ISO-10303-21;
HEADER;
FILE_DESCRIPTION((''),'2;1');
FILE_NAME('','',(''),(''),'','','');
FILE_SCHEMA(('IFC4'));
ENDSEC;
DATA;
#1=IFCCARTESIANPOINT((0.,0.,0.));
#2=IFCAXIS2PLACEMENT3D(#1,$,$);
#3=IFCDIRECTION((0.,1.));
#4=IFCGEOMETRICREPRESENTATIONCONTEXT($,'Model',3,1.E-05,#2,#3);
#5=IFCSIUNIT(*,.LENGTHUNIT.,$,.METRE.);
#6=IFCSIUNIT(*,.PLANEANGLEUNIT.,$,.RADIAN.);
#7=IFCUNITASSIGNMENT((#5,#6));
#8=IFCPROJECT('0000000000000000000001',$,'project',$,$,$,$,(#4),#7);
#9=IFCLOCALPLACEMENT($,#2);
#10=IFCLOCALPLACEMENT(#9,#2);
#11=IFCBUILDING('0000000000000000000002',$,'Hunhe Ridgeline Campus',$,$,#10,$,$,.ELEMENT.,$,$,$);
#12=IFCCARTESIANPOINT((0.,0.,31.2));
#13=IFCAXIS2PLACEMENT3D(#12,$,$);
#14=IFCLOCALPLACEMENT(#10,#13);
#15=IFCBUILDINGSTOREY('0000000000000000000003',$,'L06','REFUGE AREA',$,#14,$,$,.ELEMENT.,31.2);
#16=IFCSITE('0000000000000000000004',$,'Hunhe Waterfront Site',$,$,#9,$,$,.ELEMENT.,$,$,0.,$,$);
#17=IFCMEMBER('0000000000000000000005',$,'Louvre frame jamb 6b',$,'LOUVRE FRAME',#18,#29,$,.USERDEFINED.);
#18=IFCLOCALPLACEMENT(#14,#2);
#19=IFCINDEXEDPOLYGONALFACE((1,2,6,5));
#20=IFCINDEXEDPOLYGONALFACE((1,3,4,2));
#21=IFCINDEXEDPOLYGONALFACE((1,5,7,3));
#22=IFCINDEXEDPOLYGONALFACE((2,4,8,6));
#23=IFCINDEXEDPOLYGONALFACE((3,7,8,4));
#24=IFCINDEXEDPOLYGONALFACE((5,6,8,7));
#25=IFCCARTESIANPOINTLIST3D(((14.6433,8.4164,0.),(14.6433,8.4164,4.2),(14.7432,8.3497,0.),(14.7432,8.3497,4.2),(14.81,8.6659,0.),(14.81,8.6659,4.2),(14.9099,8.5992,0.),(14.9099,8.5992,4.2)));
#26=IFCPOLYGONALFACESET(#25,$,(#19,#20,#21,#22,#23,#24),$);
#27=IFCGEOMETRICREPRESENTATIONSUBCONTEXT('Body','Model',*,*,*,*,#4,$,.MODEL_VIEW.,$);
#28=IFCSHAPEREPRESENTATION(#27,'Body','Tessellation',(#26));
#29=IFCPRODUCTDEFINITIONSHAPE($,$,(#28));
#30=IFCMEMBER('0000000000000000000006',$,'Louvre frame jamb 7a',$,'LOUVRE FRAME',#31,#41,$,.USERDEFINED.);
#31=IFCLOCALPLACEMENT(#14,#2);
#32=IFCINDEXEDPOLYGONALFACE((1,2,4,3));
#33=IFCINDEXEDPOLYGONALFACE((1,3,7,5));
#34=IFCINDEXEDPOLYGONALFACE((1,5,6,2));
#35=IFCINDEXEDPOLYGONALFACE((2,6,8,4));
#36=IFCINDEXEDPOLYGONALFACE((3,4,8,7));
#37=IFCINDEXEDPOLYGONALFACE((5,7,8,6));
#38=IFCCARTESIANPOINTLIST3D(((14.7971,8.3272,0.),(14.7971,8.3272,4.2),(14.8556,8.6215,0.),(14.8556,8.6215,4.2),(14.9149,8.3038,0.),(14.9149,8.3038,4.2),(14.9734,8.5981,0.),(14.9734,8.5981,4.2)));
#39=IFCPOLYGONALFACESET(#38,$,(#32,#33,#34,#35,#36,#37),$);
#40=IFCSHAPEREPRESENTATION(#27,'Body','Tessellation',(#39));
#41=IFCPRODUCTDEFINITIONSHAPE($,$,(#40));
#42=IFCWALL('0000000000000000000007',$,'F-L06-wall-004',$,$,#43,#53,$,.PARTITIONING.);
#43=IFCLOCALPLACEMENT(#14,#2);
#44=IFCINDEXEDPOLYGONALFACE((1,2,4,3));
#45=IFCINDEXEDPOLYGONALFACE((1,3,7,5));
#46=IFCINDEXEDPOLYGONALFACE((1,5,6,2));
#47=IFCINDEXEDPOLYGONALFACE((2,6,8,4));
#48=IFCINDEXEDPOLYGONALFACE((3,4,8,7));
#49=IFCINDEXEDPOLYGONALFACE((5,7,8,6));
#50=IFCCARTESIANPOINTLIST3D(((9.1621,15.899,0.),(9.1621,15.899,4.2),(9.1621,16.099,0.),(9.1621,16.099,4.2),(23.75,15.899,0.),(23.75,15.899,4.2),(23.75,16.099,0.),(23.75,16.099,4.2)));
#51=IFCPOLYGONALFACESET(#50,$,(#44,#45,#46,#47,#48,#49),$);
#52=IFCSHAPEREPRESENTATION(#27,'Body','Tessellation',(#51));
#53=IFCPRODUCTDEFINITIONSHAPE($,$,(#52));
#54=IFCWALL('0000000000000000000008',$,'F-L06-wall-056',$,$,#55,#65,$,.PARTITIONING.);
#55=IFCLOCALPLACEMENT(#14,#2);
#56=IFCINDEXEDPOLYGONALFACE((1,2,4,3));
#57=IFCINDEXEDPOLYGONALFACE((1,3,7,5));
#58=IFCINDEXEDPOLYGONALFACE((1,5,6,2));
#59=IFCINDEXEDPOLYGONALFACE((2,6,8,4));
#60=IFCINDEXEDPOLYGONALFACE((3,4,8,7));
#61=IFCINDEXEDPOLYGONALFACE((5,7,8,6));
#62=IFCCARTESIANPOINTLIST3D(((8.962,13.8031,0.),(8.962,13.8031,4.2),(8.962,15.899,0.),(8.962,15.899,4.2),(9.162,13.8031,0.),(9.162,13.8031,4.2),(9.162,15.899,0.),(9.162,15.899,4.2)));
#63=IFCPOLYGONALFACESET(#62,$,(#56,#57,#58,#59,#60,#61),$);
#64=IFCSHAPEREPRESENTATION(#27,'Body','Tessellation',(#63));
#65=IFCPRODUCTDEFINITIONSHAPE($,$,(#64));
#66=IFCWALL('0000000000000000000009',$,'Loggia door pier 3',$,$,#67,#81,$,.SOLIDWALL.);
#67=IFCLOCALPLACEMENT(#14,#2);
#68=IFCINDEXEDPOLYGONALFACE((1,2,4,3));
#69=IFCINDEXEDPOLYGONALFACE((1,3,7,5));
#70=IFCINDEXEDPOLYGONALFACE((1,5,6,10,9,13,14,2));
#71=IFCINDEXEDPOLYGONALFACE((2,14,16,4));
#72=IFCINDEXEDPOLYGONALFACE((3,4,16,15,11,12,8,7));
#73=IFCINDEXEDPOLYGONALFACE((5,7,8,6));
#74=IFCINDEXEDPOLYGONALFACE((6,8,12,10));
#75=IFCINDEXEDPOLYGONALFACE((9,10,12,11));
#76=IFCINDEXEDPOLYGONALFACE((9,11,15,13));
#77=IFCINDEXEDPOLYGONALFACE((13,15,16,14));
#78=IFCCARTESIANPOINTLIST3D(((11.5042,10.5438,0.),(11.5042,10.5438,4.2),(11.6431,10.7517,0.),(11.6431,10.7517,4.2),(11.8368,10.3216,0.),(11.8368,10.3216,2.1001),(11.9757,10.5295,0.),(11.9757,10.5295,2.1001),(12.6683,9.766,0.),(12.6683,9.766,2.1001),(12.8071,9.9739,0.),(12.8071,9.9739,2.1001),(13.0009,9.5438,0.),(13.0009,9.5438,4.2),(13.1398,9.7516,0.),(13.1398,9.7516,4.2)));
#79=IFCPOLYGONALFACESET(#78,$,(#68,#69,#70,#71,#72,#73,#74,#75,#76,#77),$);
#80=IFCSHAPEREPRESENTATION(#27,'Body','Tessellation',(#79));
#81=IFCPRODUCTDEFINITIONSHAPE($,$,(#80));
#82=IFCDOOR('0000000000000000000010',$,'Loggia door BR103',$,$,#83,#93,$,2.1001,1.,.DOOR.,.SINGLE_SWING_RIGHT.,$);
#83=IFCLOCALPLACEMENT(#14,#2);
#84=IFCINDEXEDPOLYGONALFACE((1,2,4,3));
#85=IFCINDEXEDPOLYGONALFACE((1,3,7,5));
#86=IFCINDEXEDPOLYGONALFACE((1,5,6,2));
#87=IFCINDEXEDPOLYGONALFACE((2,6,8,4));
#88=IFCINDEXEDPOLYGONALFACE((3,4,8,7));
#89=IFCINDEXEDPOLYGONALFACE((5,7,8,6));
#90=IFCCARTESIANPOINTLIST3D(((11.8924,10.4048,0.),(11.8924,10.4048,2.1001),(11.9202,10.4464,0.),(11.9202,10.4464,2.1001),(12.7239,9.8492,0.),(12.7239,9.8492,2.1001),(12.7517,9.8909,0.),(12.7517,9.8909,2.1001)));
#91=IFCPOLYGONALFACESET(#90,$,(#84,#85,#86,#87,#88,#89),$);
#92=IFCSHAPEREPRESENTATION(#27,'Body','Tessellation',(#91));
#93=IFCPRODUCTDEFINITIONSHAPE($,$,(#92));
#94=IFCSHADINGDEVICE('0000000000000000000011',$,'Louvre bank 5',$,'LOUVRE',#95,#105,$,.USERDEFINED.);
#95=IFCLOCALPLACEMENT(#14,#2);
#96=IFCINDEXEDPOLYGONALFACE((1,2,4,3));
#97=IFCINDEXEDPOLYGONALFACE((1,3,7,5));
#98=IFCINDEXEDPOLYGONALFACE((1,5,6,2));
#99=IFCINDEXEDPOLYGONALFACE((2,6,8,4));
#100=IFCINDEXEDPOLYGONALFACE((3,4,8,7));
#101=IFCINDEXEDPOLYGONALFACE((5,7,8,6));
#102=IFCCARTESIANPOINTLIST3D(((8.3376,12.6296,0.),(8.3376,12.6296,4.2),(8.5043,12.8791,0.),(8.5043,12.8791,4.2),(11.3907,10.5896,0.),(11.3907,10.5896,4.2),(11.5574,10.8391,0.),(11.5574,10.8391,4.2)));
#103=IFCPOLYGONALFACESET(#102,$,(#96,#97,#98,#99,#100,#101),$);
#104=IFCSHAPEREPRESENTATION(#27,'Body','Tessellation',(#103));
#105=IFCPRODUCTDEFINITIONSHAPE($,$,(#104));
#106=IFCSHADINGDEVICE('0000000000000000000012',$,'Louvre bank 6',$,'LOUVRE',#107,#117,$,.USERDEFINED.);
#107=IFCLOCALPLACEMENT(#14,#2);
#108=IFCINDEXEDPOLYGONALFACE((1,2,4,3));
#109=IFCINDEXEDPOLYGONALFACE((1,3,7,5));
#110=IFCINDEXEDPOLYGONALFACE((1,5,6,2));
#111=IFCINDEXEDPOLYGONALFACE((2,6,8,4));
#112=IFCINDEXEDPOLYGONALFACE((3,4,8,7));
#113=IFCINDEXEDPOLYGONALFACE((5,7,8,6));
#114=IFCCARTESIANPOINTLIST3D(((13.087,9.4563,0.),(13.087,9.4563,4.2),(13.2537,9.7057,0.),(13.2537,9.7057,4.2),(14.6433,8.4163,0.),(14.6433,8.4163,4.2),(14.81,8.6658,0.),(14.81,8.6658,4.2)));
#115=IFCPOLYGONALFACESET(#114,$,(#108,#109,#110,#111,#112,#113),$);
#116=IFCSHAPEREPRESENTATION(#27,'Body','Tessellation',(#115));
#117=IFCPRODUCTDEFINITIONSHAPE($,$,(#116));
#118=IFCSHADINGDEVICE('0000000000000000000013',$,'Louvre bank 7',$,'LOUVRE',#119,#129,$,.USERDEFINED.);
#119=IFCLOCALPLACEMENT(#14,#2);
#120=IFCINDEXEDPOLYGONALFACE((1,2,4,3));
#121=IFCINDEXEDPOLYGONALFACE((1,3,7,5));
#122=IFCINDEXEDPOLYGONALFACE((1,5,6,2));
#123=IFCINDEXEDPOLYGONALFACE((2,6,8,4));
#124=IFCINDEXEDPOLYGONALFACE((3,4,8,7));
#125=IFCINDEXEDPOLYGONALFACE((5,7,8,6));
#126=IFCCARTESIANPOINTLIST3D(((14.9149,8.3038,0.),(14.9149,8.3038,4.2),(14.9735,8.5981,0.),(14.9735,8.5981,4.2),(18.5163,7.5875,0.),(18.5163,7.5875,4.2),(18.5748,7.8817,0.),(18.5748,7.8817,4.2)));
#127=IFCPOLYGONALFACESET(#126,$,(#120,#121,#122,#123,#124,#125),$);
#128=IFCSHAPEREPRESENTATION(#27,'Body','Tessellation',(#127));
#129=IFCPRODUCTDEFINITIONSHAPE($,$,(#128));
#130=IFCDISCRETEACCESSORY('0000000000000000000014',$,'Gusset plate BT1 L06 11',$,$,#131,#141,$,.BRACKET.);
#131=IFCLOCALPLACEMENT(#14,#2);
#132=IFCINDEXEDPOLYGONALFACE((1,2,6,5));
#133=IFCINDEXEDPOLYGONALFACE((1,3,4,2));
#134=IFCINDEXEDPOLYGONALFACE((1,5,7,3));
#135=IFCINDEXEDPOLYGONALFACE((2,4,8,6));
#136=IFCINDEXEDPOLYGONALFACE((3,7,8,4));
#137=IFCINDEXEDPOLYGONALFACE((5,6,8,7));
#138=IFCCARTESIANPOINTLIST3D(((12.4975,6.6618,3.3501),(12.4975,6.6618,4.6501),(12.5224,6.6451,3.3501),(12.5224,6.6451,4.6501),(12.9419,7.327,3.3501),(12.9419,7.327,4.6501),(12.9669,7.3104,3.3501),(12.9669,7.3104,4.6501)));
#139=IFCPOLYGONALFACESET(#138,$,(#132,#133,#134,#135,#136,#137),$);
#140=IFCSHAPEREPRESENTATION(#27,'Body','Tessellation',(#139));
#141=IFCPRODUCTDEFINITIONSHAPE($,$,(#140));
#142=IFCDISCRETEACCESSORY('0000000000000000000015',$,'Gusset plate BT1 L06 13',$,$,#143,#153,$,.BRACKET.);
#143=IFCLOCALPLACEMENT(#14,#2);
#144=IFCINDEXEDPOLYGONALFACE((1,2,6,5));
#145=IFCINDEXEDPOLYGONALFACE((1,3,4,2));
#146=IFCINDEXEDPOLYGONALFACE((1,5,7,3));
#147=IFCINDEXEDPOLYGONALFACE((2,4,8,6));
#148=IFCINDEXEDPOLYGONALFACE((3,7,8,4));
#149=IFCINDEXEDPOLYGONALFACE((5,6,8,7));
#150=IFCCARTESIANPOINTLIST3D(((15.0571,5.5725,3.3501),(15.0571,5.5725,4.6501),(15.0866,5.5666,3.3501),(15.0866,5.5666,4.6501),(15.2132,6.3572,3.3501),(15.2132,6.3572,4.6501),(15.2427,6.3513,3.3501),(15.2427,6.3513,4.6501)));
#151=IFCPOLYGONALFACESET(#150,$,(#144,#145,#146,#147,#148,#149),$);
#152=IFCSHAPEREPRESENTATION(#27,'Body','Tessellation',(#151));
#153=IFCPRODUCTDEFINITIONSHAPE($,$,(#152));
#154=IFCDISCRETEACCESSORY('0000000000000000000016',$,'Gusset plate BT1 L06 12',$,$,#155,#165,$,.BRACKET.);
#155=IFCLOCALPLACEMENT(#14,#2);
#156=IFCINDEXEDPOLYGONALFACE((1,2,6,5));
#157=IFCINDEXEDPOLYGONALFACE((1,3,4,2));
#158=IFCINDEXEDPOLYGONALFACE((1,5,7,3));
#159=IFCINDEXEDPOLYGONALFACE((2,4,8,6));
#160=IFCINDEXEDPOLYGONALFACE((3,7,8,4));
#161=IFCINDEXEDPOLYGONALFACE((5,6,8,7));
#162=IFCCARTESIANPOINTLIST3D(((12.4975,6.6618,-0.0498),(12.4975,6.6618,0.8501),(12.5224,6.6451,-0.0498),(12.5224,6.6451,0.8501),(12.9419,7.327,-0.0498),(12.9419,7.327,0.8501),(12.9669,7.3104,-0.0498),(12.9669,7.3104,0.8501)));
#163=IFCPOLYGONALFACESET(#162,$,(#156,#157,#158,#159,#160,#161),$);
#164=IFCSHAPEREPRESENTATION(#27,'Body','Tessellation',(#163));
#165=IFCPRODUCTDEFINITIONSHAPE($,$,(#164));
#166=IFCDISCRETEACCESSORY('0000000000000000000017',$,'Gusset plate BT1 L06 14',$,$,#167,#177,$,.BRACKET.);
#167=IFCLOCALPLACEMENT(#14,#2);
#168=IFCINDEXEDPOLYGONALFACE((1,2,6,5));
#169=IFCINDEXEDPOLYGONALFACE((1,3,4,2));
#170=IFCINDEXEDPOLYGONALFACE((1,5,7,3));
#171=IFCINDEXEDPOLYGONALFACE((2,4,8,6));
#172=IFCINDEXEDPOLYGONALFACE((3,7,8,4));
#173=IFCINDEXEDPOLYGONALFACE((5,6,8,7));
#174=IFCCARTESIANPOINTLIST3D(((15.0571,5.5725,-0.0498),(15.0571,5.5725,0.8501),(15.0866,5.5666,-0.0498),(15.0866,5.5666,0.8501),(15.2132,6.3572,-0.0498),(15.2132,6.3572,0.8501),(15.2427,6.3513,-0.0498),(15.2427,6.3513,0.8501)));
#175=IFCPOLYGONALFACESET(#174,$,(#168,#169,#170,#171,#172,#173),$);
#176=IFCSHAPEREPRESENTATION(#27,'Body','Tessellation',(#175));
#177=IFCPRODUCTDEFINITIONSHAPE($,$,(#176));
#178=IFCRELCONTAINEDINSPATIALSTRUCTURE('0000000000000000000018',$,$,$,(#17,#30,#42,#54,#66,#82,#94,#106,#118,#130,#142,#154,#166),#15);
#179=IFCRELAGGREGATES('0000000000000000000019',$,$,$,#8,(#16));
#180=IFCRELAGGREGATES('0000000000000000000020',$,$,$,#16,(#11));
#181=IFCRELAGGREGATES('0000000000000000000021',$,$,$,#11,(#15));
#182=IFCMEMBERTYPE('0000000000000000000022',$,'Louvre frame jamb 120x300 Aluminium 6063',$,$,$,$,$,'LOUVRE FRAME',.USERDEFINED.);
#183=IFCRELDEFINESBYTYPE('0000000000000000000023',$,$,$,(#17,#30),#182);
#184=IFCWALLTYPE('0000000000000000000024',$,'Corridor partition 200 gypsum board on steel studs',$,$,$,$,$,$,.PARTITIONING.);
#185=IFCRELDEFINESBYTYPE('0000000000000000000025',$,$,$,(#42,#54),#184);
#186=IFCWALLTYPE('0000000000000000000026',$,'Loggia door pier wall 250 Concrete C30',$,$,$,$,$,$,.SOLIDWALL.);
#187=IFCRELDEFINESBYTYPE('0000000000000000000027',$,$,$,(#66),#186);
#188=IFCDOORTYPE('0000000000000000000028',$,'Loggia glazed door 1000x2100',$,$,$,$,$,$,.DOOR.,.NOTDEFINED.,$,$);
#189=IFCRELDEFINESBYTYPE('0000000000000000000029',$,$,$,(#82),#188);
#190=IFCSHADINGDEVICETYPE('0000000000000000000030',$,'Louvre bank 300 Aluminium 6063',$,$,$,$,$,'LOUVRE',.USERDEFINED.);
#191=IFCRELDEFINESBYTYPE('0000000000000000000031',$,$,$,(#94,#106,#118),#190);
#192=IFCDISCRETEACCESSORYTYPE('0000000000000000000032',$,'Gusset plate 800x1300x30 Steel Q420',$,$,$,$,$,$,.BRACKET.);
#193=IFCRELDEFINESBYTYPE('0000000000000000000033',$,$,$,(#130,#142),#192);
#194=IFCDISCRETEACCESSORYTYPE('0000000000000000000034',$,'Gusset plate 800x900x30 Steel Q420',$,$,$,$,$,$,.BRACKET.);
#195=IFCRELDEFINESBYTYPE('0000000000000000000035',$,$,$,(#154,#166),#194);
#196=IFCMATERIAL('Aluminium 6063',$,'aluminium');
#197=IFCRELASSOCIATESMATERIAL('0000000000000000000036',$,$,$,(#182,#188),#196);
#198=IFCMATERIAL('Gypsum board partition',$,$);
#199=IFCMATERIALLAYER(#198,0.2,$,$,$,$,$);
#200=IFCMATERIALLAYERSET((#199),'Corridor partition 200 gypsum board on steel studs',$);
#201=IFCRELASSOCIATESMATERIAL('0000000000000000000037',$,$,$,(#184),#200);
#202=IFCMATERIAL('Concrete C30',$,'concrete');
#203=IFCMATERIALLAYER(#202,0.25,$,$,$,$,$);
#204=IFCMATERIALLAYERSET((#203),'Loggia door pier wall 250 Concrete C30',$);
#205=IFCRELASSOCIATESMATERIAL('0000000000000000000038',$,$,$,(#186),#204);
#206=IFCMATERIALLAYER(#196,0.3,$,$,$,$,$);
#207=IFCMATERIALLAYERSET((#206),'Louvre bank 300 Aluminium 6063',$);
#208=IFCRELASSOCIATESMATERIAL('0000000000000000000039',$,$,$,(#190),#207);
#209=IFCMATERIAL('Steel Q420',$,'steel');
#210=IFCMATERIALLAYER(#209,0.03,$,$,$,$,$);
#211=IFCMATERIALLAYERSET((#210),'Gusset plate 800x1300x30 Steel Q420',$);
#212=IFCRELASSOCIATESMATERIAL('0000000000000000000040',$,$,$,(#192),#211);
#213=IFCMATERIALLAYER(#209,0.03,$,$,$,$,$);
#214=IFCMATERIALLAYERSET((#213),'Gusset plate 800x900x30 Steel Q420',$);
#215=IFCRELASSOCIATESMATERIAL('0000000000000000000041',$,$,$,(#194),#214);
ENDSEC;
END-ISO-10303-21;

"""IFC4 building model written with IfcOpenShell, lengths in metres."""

from ifc_helpers import new_model, si_unit, direction, frame, frame_2d, origin, origin_2d, place, context, subcontext, project, spatial, rectangle, extrude, material, layer, layer_set, material_profile, profile_set, type_object, element, fill, save


model = new_model("IFC4")

# Units and contexts
model_context = context("Model", 3, precision=1e-05, world=origin(), true_north=direction((0.0, 1.0)))
body_context = subcontext(model_context, "Body", "Model", "MODEL_VIEW")
ifc_project = project(units=[si_unit("LENGTHUNIT", "METRE"), si_unit("PLANEANGLEUNIT", "RADIAN")], contexts=[model_context])

# Site, building, storey
site_placement = place(None, origin())
site = spatial("IfcSite", under=ifc_project, at=site_placement, Name="Hunhe Waterfront Site", CompositionType="ELEMENT", RefElevation=0.0)
building_placement = place(site_placement, origin())
building = spatial("IfcBuilding", under=site, at=building_placement, Name="Hunhe Ridgeline Campus", CompositionType="ELEMENT")
storey_placement = place(building_placement, frame((0.0, 0.0, 31.2)))
storey = spatial("IfcBuildingStorey", under=building, at=storey_placement, Name="L06", Description="REFUGE AREA", CompositionType="ELEMENT", Elevation=31.2)

# Members
ifc_material_1 = material(Name="Steel Q420", Category="steel")
ifc_material_2 = material(Name="Aluminium 6063", Category="aluminium")
ifc_material_profile_1 = material_profile(ifc_material_2, rectangle(XDim=0.3, YDim=0.1201, at=origin_2d()))
ifc_profile_set_1 = profile_set([ifc_material_profile_1], Name="Aluminium 6063")
member_type_1 = type_object("IfcMemberType", Name="Louvre frame jamb 120x300 Aluminium 6063", ElementType="LOUVRE FRAME", PredefinedType="USERDEFINED", material=ifc_profile_set_1)
for number, where, z_axis, x_axis, name in (
    (1, (14.7766, 8.5078, 0.0), (0.0, 0.0, 1.0), (0.55557, 0.83147, 0.0), "Louvre frame jamb 6b"),
    (2, (14.8853, 8.4626, 0.0), (0.0, 0.0, 1.0), (0.19509, 0.980785, 0.0), "Louvre frame jamb 7a"),
):
    element("IfcMember", number, at=place(storey_placement, frame(where, z_axis=z_axis, x_axis=x_axis)), inside=storey, type_object=member_type_1, Name=name, ObjectType="LOUVRE FRAME", PredefinedType="USERDEFINED", context=body_context, shape_type="SweptSolid", body=[
        extrude(rectangle(XDim=0.3, YDim=0.1201, at=origin_2d()), origin(), (0.0, 0.0, 1.0), 4.2),
    ])

# Walls
ifc_material_3 = material(Name="Gypsum board partition")
ifc_layer_1 = layer(ifc_material_3, 0.2)
ifc_layer_set_1 = layer_set([ifc_layer_1], Name="Corridor partition 200 gypsum board on steel studs")
wall_type_1 = type_object("IfcWallType", Name="Corridor partition 200 gypsum board on steel studs", PredefinedType="PARTITIONING", material=ifc_layer_set_1)
wall_1_placement = place(storey_placement, frame((9.1621, 15.999, 0.0), z_axis=(0.0, 0.0, 1.0), x_axis=(1.0, 0.0, 0.0)))
element("IfcWall", 3, at=wall_1_placement, inside=storey, type_object=wall_type_1, Name="F-L06-wall-004", PredefinedType="PARTITIONING", context=body_context, shape_type="SweptSolid", body=[
    extrude(rectangle(XDim=14.5879, YDim=0.2, at=frame_2d((7.2939, 0.0))), origin(), (0.0, 0.0, 1.0), 4.2),
])
wall_2_placement = place(storey_placement, frame((9.062, 15.8989, 0.0), z_axis=(0.0, 0.0, 1.0), x_axis=(0.0, -1.0, 0.0)))
element("IfcWall", 4, at=wall_2_placement, inside=storey, type_object=wall_type_1, Name="F-L06-wall-056", PredefinedType="PARTITIONING", context=body_context, shape_type="SweptSolid", body=[
    extrude(rectangle(XDim=2.0959, YDim=0.2, at=frame_2d((1.0479, 0.0))), origin(), (0.0, 0.0, 1.0), 4.2),
])

# Wall, opening, door
ifc_material_4 = material(Name="Concrete C30", Category="concrete")
ifc_layer_2 = layer(ifc_material_4, 0.25)
ifc_layer_set_2 = layer_set([ifc_layer_2], Name="Loggia door pier wall 250 Concrete C30")
wall_type_2 = type_object("IfcWallType", Name="Loggia door pier wall 250 Concrete C30", PredefinedType="SOLIDWALL", material=ifc_layer_set_2)
wall_3_placement = place(storey_placement, frame((11.5737, 10.6477, 0.0), z_axis=(0.0, 0.0, 1.0), x_axis=(0.831466, -0.555576, 0.0)))
wall_3 = element("IfcWall", 5, at=wall_3_placement, inside=storey, type_object=wall_type_2, Name="Loggia door pier 3", PredefinedType="SOLIDWALL", context=body_context, shape_type="SweptSolid", body=[
    extrude(rectangle(XDim=1.8, YDim=0.25, at=frame_2d((0.8999, 0.0))), origin(), (0.0, 0.0, 1.0), 4.2),
])
opening_placement = place(wall_3_placement, frame((0.3999, 0.0, 0.0)))
opening = element("IfcOpeningElement", 6, at=opening_placement, cuts=wall_3, PredefinedType="OPENING", context=body_context, shape_type="SweptSolid", body=[
    extrude(rectangle(XDim=1.0, YDim=2.1001, at=frame_2d((0.5, 1.05))), frame((0.0, 0.125, 0.0), z_axis=(0.0, -1.0, 0.0), x_axis=(1.0, 0.0, 0.0)), (0.0, 0.0, 1.0), 0.25),
])
door_type = type_object("IfcDoorType", Name="Loggia glazed door 1000x2100", OperationType="NOTDEFINED", PredefinedType="DOOR", material=ifc_material_2)
door_placement = place(opening_placement, frame((1.0, 0.0, 0.0), z_axis=(0.0, 0.0, 1.0), x_axis=(-1.0, 0.0, 0.0)))
door = element("IfcDoor", 7, at=door_placement, inside=storey, type_object=door_type, Name="Loggia door BR103", OperationType="SINGLE_SWING_RIGHT", OverallHeight=2.1001, OverallWidth=1.0, PredefinedType="DOOR", context=body_context, shape_type="SweptSolid", body=[
    extrude(rectangle(XDim=1.0, YDim=2.1001, at=frame_2d((0.5, 1.05))), frame((0.0, 0.0249, 0.0), z_axis=(0.0, -1.0, 0.0), x_axis=(1.0, 0.0, 0.0)), (0.0, 0.0, 1.0), 0.05),
])
fill(opening, door)

# Shading devices
ifc_layer_3 = layer(ifc_material_2, 0.3)
ifc_layer_set_3 = layer_set([ifc_layer_3], Name="Louvre bank 300 Aluminium 6063")
shading_device_type = type_object("IfcShadingDeviceType", Name="Louvre bank 300 Aluminium 6063", ElementType="LOUVRE", PredefinedType="USERDEFINED", material=ifc_layer_set_3)
shading_device_1_placement = place(storey_placement, frame((9.9475, 11.7344, 0.0), z_axis=(0.0, 0.0, 1.0), x_axis=(0.83147, -0.55557, 0.0)))
element("IfcShadingDevice", 8, at=shading_device_1_placement, inside=storey, type_object=shading_device_type, Name="Louvre bank 5", ObjectType="LOUVRE", PredefinedType="USERDEFINED", context=body_context, shape_type="SweptSolid", body=[
    extrude(rectangle(XDim=3.6719, YDim=0.3, at=origin_2d()), origin(), (0.0, 0.0, 1.0), 4.2),
])
shading_device_2_placement = place(storey_placement, frame((13.9485, 9.061, 0.0), z_axis=(0.0, 0.0, 1.0), x_axis=(0.83147, -0.55557, 0.0)))
element("IfcShadingDevice", 9, at=shading_device_2_placement, inside=storey, type_object=shading_device_type, Name="Louvre bank 6", ObjectType="LOUVRE", PredefinedType="USERDEFINED", context=body_context, shape_type="SweptSolid", body=[
    extrude(rectangle(XDim=1.8718, YDim=0.3, at=origin_2d()), origin(), (0.0, 0.0, 1.0), 4.2),
])
shading_device_3_placement = place(storey_placement, frame((16.7449, 8.0928, 0.0), z_axis=(0.0, 0.0, 1.0), x_axis=(0.980785, -0.19509, 0.0)))
element("IfcShadingDevice", 10, at=shading_device_3_placement, inside=storey, type_object=shading_device_type, Name="Louvre bank 7", ObjectType="LOUVRE", PredefinedType="USERDEFINED", context=body_context, shape_type="SweptSolid", body=[
    extrude(rectangle(XDim=3.6719, YDim=0.3, at=origin_2d()), origin(), (0.0, 0.0, 1.0), 4.2),
])

# Discrete accessories
ifc_layer_4 = layer(ifc_material_1, 0.03)
ifc_layer_set_4 = layer_set([ifc_layer_4], Name="Gusset plate 800x1300x30 Steel Q420")
discrete_accessory_type_1 = type_object("IfcDiscreteAccessoryType", Name="Gusset plate 800x1300x30 Steel Q420", PredefinedType="BRACKET", material=ifc_layer_set_4)
for number, where, z_axis, x_axis, name in (
    (11, (12.7322, 6.9861, 3.3501), (0.0, 0.0, 1.0), (0.83147, -0.55557, 0.0), "Gusset plate BT1 L06 11"),
    (12, (15.1499, 5.9619, 3.3501), (0.0, 0.0, 1.0), (-0.980785, 0.19509, 0.0), "Gusset plate BT1 L06 13"),
):
    element("IfcDiscreteAccessory", number, at=place(storey_placement, frame(where, z_axis=z_axis, x_axis=x_axis)), inside=storey, type_object=discrete_accessory_type_1, Name=name, PredefinedType="BRACKET", context=body_context, shape_type="SweptSolid", body=[
        extrude(rectangle(XDim=0.03, YDim=0.8, at=origin_2d()), origin(), (0.0, 0.0, 1.0), 1.3),
    ])
ifc_layer_5 = layer(ifc_material_1, 0.03)
ifc_layer_set_5 = layer_set([ifc_layer_5], Name="Gusset plate 800x900x30 Steel Q420")
discrete_accessory_type_2 = type_object("IfcDiscreteAccessoryType", Name="Gusset plate 800x900x30 Steel Q420", PredefinedType="BRACKET", material=ifc_layer_set_5)
for number, where, z_axis, x_axis, name in (
    (13, (12.7322, 6.9861, -0.0498), (0.0, 0.0, 1.0), (0.83147, -0.55557, 0.0), "Gusset plate BT1 L06 12"),
    (14, (15.1499, 5.9619, -0.0498), (0.0, 0.0, 1.0), (-0.980785, 0.19509, 0.0), "Gusset plate BT1 L06 14"),
):
    element("IfcDiscreteAccessory", number, at=place(storey_placement, frame(where, z_axis=z_axis, x_axis=x_axis)), inside=storey, type_object=discrete_accessory_type_2, Name=name, PredefinedType="BRACKET", context=body_context, shape_type="SweptSolid", body=[
        extrude(rectangle(XDim=0.03, YDim=0.8, at=origin_2d()), origin(), (0.0, 0.0, 1.0), 0.8999),
    ])

save(model, "model.ifc")
